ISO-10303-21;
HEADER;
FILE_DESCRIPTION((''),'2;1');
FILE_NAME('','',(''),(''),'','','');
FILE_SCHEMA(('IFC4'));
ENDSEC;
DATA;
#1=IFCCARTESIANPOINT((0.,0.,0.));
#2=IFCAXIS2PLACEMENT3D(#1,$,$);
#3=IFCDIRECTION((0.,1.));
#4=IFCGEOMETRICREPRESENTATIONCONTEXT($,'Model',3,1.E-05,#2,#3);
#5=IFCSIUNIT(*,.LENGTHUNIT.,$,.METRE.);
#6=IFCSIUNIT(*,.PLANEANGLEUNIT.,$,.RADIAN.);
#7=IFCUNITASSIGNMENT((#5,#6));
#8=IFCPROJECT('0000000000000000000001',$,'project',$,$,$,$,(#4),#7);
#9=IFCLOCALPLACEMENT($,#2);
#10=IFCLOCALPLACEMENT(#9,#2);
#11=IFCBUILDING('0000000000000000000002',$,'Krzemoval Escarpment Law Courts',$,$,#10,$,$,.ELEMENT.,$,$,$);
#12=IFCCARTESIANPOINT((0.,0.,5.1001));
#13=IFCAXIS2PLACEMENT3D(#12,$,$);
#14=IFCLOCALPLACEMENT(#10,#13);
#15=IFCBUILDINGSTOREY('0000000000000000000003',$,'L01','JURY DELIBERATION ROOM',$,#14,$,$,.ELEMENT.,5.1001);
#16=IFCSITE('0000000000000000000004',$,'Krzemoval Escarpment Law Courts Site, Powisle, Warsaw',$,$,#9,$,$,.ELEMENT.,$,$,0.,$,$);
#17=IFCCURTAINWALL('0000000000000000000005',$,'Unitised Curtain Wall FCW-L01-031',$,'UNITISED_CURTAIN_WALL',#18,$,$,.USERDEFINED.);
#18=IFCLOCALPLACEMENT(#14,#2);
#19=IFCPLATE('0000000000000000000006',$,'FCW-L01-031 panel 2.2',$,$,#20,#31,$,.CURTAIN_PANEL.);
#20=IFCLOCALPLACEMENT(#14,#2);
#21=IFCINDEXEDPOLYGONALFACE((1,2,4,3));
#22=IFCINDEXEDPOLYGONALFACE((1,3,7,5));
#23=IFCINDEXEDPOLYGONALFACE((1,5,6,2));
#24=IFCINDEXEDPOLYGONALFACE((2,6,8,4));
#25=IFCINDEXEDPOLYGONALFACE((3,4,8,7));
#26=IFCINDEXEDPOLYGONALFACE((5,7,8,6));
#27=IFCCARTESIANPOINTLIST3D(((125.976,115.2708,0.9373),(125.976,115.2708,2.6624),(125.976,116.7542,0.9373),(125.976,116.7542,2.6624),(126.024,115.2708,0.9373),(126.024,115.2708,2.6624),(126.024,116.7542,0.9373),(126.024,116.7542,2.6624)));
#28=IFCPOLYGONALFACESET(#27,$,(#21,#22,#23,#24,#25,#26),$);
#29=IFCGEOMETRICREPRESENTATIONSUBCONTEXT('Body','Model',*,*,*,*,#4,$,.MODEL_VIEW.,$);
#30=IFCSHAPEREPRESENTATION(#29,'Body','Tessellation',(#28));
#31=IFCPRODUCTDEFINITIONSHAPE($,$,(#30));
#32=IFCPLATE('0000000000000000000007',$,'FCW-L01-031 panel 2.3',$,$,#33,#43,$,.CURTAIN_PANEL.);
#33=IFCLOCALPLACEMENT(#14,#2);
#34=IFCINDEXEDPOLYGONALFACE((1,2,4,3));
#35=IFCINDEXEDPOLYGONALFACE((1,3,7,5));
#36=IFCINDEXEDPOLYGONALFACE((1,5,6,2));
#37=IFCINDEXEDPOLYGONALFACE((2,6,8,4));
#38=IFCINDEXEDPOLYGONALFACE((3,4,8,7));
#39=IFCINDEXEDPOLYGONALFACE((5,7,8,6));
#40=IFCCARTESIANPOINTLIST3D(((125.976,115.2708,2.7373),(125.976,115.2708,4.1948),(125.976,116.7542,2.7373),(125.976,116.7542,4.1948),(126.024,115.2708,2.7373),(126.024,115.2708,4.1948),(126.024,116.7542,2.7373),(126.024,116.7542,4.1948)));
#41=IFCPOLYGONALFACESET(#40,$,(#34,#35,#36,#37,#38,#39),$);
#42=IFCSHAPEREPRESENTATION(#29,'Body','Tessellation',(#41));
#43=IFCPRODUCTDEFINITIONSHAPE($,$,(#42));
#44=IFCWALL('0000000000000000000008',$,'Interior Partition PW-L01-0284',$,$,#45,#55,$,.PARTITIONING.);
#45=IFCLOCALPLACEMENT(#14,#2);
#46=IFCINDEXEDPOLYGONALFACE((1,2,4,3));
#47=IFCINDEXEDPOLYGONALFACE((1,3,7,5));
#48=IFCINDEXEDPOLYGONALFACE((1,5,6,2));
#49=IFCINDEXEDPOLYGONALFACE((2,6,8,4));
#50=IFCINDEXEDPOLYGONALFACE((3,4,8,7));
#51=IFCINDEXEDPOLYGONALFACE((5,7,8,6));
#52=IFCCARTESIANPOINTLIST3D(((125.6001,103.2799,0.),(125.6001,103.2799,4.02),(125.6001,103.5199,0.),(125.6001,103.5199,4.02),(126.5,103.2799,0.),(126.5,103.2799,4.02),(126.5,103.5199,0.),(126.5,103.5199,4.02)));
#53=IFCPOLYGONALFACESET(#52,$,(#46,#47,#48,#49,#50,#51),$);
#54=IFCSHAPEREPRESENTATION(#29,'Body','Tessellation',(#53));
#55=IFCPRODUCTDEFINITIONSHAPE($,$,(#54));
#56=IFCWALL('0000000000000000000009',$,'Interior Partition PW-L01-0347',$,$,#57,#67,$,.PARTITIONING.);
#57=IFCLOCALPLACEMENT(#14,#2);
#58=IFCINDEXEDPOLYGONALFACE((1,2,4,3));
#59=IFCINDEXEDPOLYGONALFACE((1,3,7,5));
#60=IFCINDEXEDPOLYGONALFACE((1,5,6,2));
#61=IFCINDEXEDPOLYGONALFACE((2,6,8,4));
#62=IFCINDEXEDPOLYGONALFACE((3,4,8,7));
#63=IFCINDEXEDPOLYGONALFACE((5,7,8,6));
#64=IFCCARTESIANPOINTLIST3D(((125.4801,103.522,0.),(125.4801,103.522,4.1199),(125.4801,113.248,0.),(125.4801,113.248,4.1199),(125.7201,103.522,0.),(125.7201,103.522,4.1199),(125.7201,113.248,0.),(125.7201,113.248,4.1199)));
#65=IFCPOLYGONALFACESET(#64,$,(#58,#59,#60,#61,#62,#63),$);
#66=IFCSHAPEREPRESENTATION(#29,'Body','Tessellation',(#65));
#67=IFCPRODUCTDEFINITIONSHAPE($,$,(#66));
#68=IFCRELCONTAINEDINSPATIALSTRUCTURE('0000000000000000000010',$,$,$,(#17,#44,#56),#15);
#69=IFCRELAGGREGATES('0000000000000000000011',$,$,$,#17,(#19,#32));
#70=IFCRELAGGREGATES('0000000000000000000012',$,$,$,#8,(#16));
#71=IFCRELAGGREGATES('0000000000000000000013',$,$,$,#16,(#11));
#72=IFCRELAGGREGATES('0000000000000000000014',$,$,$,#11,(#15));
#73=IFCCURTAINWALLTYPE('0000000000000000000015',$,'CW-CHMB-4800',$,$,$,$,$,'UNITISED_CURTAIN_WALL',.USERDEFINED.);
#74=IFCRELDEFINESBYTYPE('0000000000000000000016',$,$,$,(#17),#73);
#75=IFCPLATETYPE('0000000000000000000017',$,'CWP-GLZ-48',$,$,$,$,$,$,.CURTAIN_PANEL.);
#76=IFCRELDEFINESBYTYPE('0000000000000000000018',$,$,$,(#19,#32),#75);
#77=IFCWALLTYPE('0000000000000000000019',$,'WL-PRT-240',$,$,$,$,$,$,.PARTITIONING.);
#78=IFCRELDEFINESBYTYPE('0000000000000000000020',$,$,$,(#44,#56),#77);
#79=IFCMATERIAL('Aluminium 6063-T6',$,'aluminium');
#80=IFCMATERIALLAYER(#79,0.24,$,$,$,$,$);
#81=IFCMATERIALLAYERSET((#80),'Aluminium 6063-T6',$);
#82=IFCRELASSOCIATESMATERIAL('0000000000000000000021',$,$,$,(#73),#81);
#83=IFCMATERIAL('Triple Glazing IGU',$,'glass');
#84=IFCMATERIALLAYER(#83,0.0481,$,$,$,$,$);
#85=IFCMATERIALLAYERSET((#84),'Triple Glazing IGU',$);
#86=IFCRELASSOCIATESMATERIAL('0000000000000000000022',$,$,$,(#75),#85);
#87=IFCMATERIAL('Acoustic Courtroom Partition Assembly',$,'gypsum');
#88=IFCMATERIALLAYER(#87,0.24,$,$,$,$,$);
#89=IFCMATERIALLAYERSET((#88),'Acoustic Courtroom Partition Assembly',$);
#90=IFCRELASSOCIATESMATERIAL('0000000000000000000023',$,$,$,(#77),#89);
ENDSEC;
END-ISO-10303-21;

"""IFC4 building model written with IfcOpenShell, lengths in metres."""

from ifc_helpers import new_model, si_unit, direction, frame, frame_2d, origin, origin_2d, place, context, subcontext, project, spatial, rectangle, extrude, material, layer, layer_set, type_object, element, aggregate, save


model = new_model("IFC4")

# Units and contexts
model_context = context("Model", 3, precision=1e-05, world=origin(), true_north=direction((0.0, 1.0)))
body_context = subcontext(model_context, "Body", "Model", "MODEL_VIEW")
ifc_project = project(units=[si_unit("LENGTHUNIT", "METRE"), si_unit("PLANEANGLEUNIT", "RADIAN")], contexts=[model_context])

# Site, building, storey
site_placement = place(None, origin())
site = spatial("IfcSite", under=ifc_project, at=site_placement, Name="Krzemoval Escarpment Law Courts Site, Powisle, Warsaw", CompositionType="ELEMENT", RefElevation=0.0)
building_placement = place(site_placement, origin())
building = spatial("IfcBuilding", under=site, at=building_placement, Name="Krzemoval Escarpment Law Courts", CompositionType="ELEMENT")
storey_placement = place(building_placement, frame((0.0, 0.0, 5.1001)))
storey = spatial("IfcBuildingStorey", under=building, at=storey_placement, Name="L01", Description="JURY DELIBERATION ROOM", CompositionType="ELEMENT", Elevation=5.1001)

# Curtain wall
ifc_material_1 = material(Name="Aluminium 6063-T6", Category="aluminium")
ifc_layer_1 = layer(ifc_material_1, 0.24)
ifc_layer_set_1 = layer_set([ifc_layer_1], Name="Aluminium 6063-T6")
curtain_wall_type = type_object("IfcCurtainWallType", Name="CW-CHMB-4800", ElementType="UNITISED_CURTAIN_WALL", PredefinedType="USERDEFINED", material=ifc_layer_set_1)
curtain_wall_placement = place(storey_placement, origin())
curtain_wall = element("IfcCurtainWall", 1, at=curtain_wall_placement, inside=storey, type_object=curtain_wall_type, Name="Unitised Curtain Wall FCW-L01-031", ObjectType="UNITISED_CURTAIN_WALL", PredefinedType="USERDEFINED")

# Plates
ifc_material_2 = material(Name="Triple Glazing IGU", Category="glass")
ifc_layer_2 = layer(ifc_material_2, 0.0481)
ifc_layer_set_2 = layer_set([ifc_layer_2], Name="Triple Glazing IGU")
plate_type = type_object("IfcPlateType", Name="CWP-GLZ-48", PredefinedType="CURTAIN_PANEL", material=ifc_layer_set_2)
plate_1_placement = place(storey_placement, frame((126.0, 116.0125, 0.9373), z_axis=(0.0, 0.0, 1.0), x_axis=(0.0, 1.0, 0.0)))
plate_1 = element("IfcPlate", 2, at=plate_1_placement, type_object=plate_type, Name="FCW-L01-031 panel 2.2", PredefinedType="CURTAIN_PANEL", context=body_context, shape_type="SweptSolid", body=[
    extrude(rectangle(XDim=1.4834, YDim=0.0481, at=origin_2d()), origin(), (0.0, 0.0, 1.0), 1.7251),
])
plate_2_placement = place(storey_placement, frame((126.0, 116.0125, 2.7373), z_axis=(0.0, 0.0, 1.0), x_axis=(0.0, 1.0, 0.0)))
plate_2 = element("IfcPlate", 3, at=plate_2_placement, type_object=plate_type, Name="FCW-L01-031 panel 2.3", PredefinedType="CURTAIN_PANEL", context=body_context, shape_type="SweptSolid", body=[
    extrude(rectangle(XDim=1.4834, YDim=0.0481, at=origin_2d()), origin(), (0.0, 0.0, 1.0), 1.4575),
])
aggregate(curtain_wall, [plate_1, plate_2])

# Walls
ifc_material_3 = material(Name="Acoustic Courtroom Partition Assembly", Category="gypsum")
ifc_layer_3 = layer(ifc_material_3, 0.24)
ifc_layer_set_3 = layer_set([ifc_layer_3], Name="Acoustic Courtroom Partition Assembly")
wall_type = type_object("IfcWallType", Name="WL-PRT-240", PredefinedType="PARTITIONING", material=ifc_layer_set_3)
wall_1_placement = place(storey_placement, frame((125.6001, 103.3999, 0.0), z_axis=(0.0, 0.0, 1.0), x_axis=(1.0, 0.0, 0.0)))
element("IfcWall", 4, at=wall_1_placement, inside=storey, type_object=wall_type, Name="Interior Partition PW-L01-0284", PredefinedType="PARTITIONING", context=body_context, shape_type="SweptSolid", body=[
    extrude(rectangle(XDim=0.8999, YDim=0.24, at=frame_2d((0.45, 0.0))), origin(), (0.0, 0.0, 1.0), 4.02),
])
wall_2_placement = place(storey_placement, frame((125.6001, 103.522, 0.0), z_axis=(0.0, 0.0, 1.0), x_axis=(0.0, 1.0, 0.0)))
element("IfcWall", 5, at=wall_2_placement, inside=storey, type_object=wall_type, Name="Interior Partition PW-L01-0347", PredefinedType="PARTITIONING", context=body_context, shape_type="SweptSolid", body=[
    extrude(rectangle(XDim=9.7261, YDim=0.24, at=frame_2d((4.863, 0.0))), origin(), (0.0, 0.0, 1.0), 4.1199),
])

save(model, "model.ifc")
